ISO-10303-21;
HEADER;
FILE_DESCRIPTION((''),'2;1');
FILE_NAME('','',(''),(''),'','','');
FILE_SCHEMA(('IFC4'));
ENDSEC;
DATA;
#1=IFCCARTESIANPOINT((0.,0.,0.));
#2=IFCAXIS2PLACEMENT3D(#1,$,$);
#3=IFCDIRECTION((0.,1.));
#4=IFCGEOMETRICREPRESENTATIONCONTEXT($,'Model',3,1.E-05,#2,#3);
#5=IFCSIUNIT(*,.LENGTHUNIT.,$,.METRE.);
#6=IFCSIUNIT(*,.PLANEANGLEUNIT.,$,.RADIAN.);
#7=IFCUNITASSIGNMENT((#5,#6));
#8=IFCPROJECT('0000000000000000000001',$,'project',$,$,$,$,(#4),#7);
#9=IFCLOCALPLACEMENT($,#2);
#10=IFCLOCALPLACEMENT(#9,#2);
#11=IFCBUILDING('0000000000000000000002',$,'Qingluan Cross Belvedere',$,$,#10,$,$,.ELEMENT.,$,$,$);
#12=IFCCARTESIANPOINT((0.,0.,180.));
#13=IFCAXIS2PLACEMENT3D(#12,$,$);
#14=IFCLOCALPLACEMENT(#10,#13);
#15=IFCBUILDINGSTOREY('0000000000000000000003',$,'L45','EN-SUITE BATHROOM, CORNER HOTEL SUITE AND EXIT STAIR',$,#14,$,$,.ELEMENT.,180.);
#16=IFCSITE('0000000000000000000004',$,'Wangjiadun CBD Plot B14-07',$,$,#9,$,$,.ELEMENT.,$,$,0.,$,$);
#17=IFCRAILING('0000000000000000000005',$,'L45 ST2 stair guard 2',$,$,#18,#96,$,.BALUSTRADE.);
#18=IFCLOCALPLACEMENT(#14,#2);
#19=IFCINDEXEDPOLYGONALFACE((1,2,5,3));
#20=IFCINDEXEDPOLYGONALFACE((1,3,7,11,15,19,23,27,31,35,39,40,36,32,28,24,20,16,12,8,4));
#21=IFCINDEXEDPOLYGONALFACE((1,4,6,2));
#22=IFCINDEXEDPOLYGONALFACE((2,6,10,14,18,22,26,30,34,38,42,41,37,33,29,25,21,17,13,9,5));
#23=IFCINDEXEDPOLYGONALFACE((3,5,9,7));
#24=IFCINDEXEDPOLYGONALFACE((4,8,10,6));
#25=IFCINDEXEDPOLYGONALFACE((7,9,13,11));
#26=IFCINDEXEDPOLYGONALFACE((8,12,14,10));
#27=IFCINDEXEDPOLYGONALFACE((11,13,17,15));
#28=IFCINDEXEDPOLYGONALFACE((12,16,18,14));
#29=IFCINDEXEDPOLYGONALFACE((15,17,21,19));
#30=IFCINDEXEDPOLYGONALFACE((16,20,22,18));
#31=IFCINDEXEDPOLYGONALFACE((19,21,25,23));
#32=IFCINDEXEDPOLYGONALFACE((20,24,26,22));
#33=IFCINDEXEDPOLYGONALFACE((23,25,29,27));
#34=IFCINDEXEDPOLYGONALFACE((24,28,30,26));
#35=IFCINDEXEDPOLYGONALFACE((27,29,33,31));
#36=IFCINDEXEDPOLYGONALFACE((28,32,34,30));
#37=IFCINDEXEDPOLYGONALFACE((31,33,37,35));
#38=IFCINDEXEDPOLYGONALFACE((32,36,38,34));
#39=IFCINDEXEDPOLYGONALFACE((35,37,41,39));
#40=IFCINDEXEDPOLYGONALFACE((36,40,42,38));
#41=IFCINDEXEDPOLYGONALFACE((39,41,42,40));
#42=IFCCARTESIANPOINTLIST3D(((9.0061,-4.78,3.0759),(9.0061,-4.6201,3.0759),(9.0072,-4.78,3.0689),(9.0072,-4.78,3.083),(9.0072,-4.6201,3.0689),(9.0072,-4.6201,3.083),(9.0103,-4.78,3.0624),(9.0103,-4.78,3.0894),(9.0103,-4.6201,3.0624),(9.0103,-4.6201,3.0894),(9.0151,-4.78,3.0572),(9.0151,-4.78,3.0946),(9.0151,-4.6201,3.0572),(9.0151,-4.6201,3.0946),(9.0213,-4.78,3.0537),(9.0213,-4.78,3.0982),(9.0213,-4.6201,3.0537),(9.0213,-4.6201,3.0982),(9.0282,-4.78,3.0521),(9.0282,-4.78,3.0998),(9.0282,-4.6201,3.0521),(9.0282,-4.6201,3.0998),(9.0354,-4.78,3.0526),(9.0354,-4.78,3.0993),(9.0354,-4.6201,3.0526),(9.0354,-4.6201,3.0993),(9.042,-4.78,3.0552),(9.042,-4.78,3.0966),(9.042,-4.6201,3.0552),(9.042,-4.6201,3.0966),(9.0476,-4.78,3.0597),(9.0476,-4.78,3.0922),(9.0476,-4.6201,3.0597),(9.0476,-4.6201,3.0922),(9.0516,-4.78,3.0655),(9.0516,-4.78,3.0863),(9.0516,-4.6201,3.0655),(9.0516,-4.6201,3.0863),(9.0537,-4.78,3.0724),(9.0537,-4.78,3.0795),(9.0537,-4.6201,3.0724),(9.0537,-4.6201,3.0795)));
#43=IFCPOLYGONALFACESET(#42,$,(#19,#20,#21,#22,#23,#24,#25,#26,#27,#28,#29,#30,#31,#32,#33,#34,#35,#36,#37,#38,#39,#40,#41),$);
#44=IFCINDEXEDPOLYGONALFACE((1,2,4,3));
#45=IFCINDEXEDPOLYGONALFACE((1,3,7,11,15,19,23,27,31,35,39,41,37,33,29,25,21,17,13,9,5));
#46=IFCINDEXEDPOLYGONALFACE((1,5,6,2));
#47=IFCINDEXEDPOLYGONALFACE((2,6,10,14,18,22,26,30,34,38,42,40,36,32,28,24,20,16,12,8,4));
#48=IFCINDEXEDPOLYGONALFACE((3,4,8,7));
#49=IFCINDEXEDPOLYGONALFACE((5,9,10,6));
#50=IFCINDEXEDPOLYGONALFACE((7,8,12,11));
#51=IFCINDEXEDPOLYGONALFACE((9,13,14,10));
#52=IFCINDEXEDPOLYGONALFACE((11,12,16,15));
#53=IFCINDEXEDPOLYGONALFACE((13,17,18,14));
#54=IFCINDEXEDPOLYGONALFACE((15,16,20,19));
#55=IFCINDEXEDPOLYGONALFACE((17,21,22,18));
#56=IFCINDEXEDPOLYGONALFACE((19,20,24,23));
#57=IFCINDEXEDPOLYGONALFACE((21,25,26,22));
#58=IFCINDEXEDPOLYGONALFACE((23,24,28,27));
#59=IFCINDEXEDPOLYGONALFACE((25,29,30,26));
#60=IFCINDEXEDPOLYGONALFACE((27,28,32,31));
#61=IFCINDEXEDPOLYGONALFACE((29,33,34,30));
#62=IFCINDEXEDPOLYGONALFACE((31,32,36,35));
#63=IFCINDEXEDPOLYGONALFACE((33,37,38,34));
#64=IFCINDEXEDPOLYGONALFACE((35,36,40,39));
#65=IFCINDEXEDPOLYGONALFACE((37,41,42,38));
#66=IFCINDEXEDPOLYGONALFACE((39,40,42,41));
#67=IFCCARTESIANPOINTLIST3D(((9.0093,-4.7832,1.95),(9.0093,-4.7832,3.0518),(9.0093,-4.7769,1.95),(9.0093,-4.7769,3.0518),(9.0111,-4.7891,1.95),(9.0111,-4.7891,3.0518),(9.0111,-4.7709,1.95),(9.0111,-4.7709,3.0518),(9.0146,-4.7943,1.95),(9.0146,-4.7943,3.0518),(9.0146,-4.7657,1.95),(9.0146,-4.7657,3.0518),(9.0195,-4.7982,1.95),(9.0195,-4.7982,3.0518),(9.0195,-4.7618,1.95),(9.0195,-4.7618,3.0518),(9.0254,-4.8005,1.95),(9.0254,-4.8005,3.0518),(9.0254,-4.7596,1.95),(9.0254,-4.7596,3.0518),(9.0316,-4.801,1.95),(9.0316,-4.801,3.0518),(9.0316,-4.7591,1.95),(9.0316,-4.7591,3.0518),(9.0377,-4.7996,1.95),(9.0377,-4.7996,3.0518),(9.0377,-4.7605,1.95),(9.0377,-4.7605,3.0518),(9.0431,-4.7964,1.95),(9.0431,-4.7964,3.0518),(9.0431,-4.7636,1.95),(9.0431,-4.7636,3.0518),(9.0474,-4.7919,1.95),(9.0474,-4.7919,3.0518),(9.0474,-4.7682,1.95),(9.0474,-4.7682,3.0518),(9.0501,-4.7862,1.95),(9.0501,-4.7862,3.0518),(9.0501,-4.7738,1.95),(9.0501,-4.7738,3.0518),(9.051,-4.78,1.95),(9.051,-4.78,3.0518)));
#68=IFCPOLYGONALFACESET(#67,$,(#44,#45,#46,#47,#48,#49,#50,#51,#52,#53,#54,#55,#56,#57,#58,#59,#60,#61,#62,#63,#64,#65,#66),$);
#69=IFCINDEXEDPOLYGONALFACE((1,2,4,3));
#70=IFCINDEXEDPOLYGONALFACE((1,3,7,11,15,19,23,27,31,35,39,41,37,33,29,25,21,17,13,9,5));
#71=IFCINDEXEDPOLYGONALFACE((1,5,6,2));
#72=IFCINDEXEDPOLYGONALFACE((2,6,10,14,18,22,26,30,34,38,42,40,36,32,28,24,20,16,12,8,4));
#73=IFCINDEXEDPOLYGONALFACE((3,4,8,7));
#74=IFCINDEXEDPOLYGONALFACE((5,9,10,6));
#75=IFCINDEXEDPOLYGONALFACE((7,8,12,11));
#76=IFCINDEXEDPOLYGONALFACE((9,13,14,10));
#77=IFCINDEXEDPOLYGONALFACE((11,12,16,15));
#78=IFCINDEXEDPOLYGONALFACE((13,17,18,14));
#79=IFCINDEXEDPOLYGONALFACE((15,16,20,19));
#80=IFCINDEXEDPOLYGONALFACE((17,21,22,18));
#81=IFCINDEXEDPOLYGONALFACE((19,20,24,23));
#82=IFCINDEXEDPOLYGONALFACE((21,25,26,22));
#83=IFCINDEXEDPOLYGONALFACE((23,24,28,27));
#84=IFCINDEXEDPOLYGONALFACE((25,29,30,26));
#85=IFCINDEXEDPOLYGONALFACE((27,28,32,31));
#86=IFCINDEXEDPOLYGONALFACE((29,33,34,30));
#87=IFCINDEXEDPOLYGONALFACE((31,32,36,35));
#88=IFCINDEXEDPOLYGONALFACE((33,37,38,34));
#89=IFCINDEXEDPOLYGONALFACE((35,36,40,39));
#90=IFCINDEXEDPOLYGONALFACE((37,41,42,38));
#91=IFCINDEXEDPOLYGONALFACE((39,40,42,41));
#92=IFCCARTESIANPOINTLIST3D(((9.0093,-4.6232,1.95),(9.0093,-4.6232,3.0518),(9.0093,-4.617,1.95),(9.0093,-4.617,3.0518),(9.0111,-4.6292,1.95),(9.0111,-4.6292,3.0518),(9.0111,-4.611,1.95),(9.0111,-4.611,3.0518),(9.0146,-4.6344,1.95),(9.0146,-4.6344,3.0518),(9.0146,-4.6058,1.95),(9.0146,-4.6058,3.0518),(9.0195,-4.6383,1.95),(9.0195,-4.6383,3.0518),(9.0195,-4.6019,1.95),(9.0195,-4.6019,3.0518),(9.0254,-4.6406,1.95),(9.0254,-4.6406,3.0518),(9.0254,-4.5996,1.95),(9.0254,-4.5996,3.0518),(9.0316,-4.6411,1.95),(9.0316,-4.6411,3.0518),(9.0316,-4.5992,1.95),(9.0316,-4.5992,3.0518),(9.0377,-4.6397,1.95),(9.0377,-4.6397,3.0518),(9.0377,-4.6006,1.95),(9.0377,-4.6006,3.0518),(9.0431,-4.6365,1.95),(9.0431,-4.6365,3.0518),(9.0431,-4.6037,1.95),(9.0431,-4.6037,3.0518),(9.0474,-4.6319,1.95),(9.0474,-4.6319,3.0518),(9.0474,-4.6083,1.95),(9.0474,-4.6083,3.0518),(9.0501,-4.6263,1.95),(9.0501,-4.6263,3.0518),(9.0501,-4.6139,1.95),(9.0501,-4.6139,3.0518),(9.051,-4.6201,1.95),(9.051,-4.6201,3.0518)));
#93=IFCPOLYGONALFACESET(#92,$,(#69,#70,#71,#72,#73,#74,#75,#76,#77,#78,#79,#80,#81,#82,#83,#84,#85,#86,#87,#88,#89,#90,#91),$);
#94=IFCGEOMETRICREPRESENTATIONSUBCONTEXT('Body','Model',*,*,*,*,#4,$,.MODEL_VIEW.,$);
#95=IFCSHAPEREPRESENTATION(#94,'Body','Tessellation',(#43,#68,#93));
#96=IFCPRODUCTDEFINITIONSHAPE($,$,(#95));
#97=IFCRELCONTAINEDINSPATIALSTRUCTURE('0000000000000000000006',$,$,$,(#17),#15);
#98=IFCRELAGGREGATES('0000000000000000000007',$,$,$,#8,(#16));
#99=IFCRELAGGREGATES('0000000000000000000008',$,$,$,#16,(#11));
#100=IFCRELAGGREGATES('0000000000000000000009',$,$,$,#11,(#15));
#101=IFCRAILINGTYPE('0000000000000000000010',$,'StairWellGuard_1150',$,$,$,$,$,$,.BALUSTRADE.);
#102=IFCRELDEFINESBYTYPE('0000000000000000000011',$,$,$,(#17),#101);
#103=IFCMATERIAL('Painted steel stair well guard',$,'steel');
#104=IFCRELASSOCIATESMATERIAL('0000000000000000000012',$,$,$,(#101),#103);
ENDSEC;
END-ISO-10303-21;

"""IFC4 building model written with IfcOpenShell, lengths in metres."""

from ifc_helpers import new_model, si_unit, direction, frame, origin, origin_2d, place, context, subcontext, project, spatial, circle, extrude, material, type_object, element, save


model = new_model("IFC4")

# Units and contexts
model_context = context("Model", 3, precision=1e-05, world=origin(), true_north=direction((0.0, 1.0)))
body_context = subcontext(model_context, "Body", "Model", "MODEL_VIEW")
ifc_project = project(units=[si_unit("LENGTHUNIT", "METRE"), si_unit("PLANEANGLEUNIT", "RADIAN")], contexts=[model_context])

# Site, building, storey
site_placement = place(None, origin())
site = spatial("IfcSite", under=ifc_project, at=site_placement, Name="Wangjiadun CBD Plot B14-07", CompositionType="ELEMENT", RefElevation=0.0)
building_placement = place(site_placement, origin())
building = spatial("IfcBuilding", under=site, at=building_placement, Name="Qingluan Cross Belvedere", CompositionType="ELEMENT")
storey_placement = place(building_placement, frame((0.0, 0.0, 180.0)))
storey = spatial("IfcBuildingStorey", under=building, at=storey_placement, Name="L45", Description="EN-SUITE BATHROOM, CORNER HOTEL SUITE AND EXIT STAIR", CompositionType="ELEMENT", Elevation=180.0)

# Railing
ifc_material_1 = material(Name="Painted steel stair well guard", Category="steel")
railing_type_1 = type_object("IfcRailingType", Name="StairWellGuard_1150", PredefinedType="BALUSTRADE", material=ifc_material_1)
railing_1_placement = place(storey_placement, frame((9.03, -4.78, 1.95)))
element("IfcRailing", 1, at=railing_1_placement, inside=storey, type_object=railing_type_1, Name="L45 ST2 stair guard 2", PredefinedType="BALUSTRADE", context=body_context, shape_type="SweptSolid", body=[
    extrude(circle(Radius=0.0239, at=origin_2d()), frame((0.0, 0.0, 1.126), z_axis=(0.0, 1.0, 0.0), x_axis=(-1.0, 0.0, 0.0)), (0.0, 0.0, 1.0), 0.1599),
    extrude(circle(Radius=0.021, at=origin_2d()), origin(), (0.0, 0.0, 1.0), 1.1018),
    extrude(circle(Radius=0.021, at=origin_2d()), frame((0.0, 0.1599, 0.0)), (0.0, 0.0, 1.0), 1.1018),
])

save(model, "model.ifc")
